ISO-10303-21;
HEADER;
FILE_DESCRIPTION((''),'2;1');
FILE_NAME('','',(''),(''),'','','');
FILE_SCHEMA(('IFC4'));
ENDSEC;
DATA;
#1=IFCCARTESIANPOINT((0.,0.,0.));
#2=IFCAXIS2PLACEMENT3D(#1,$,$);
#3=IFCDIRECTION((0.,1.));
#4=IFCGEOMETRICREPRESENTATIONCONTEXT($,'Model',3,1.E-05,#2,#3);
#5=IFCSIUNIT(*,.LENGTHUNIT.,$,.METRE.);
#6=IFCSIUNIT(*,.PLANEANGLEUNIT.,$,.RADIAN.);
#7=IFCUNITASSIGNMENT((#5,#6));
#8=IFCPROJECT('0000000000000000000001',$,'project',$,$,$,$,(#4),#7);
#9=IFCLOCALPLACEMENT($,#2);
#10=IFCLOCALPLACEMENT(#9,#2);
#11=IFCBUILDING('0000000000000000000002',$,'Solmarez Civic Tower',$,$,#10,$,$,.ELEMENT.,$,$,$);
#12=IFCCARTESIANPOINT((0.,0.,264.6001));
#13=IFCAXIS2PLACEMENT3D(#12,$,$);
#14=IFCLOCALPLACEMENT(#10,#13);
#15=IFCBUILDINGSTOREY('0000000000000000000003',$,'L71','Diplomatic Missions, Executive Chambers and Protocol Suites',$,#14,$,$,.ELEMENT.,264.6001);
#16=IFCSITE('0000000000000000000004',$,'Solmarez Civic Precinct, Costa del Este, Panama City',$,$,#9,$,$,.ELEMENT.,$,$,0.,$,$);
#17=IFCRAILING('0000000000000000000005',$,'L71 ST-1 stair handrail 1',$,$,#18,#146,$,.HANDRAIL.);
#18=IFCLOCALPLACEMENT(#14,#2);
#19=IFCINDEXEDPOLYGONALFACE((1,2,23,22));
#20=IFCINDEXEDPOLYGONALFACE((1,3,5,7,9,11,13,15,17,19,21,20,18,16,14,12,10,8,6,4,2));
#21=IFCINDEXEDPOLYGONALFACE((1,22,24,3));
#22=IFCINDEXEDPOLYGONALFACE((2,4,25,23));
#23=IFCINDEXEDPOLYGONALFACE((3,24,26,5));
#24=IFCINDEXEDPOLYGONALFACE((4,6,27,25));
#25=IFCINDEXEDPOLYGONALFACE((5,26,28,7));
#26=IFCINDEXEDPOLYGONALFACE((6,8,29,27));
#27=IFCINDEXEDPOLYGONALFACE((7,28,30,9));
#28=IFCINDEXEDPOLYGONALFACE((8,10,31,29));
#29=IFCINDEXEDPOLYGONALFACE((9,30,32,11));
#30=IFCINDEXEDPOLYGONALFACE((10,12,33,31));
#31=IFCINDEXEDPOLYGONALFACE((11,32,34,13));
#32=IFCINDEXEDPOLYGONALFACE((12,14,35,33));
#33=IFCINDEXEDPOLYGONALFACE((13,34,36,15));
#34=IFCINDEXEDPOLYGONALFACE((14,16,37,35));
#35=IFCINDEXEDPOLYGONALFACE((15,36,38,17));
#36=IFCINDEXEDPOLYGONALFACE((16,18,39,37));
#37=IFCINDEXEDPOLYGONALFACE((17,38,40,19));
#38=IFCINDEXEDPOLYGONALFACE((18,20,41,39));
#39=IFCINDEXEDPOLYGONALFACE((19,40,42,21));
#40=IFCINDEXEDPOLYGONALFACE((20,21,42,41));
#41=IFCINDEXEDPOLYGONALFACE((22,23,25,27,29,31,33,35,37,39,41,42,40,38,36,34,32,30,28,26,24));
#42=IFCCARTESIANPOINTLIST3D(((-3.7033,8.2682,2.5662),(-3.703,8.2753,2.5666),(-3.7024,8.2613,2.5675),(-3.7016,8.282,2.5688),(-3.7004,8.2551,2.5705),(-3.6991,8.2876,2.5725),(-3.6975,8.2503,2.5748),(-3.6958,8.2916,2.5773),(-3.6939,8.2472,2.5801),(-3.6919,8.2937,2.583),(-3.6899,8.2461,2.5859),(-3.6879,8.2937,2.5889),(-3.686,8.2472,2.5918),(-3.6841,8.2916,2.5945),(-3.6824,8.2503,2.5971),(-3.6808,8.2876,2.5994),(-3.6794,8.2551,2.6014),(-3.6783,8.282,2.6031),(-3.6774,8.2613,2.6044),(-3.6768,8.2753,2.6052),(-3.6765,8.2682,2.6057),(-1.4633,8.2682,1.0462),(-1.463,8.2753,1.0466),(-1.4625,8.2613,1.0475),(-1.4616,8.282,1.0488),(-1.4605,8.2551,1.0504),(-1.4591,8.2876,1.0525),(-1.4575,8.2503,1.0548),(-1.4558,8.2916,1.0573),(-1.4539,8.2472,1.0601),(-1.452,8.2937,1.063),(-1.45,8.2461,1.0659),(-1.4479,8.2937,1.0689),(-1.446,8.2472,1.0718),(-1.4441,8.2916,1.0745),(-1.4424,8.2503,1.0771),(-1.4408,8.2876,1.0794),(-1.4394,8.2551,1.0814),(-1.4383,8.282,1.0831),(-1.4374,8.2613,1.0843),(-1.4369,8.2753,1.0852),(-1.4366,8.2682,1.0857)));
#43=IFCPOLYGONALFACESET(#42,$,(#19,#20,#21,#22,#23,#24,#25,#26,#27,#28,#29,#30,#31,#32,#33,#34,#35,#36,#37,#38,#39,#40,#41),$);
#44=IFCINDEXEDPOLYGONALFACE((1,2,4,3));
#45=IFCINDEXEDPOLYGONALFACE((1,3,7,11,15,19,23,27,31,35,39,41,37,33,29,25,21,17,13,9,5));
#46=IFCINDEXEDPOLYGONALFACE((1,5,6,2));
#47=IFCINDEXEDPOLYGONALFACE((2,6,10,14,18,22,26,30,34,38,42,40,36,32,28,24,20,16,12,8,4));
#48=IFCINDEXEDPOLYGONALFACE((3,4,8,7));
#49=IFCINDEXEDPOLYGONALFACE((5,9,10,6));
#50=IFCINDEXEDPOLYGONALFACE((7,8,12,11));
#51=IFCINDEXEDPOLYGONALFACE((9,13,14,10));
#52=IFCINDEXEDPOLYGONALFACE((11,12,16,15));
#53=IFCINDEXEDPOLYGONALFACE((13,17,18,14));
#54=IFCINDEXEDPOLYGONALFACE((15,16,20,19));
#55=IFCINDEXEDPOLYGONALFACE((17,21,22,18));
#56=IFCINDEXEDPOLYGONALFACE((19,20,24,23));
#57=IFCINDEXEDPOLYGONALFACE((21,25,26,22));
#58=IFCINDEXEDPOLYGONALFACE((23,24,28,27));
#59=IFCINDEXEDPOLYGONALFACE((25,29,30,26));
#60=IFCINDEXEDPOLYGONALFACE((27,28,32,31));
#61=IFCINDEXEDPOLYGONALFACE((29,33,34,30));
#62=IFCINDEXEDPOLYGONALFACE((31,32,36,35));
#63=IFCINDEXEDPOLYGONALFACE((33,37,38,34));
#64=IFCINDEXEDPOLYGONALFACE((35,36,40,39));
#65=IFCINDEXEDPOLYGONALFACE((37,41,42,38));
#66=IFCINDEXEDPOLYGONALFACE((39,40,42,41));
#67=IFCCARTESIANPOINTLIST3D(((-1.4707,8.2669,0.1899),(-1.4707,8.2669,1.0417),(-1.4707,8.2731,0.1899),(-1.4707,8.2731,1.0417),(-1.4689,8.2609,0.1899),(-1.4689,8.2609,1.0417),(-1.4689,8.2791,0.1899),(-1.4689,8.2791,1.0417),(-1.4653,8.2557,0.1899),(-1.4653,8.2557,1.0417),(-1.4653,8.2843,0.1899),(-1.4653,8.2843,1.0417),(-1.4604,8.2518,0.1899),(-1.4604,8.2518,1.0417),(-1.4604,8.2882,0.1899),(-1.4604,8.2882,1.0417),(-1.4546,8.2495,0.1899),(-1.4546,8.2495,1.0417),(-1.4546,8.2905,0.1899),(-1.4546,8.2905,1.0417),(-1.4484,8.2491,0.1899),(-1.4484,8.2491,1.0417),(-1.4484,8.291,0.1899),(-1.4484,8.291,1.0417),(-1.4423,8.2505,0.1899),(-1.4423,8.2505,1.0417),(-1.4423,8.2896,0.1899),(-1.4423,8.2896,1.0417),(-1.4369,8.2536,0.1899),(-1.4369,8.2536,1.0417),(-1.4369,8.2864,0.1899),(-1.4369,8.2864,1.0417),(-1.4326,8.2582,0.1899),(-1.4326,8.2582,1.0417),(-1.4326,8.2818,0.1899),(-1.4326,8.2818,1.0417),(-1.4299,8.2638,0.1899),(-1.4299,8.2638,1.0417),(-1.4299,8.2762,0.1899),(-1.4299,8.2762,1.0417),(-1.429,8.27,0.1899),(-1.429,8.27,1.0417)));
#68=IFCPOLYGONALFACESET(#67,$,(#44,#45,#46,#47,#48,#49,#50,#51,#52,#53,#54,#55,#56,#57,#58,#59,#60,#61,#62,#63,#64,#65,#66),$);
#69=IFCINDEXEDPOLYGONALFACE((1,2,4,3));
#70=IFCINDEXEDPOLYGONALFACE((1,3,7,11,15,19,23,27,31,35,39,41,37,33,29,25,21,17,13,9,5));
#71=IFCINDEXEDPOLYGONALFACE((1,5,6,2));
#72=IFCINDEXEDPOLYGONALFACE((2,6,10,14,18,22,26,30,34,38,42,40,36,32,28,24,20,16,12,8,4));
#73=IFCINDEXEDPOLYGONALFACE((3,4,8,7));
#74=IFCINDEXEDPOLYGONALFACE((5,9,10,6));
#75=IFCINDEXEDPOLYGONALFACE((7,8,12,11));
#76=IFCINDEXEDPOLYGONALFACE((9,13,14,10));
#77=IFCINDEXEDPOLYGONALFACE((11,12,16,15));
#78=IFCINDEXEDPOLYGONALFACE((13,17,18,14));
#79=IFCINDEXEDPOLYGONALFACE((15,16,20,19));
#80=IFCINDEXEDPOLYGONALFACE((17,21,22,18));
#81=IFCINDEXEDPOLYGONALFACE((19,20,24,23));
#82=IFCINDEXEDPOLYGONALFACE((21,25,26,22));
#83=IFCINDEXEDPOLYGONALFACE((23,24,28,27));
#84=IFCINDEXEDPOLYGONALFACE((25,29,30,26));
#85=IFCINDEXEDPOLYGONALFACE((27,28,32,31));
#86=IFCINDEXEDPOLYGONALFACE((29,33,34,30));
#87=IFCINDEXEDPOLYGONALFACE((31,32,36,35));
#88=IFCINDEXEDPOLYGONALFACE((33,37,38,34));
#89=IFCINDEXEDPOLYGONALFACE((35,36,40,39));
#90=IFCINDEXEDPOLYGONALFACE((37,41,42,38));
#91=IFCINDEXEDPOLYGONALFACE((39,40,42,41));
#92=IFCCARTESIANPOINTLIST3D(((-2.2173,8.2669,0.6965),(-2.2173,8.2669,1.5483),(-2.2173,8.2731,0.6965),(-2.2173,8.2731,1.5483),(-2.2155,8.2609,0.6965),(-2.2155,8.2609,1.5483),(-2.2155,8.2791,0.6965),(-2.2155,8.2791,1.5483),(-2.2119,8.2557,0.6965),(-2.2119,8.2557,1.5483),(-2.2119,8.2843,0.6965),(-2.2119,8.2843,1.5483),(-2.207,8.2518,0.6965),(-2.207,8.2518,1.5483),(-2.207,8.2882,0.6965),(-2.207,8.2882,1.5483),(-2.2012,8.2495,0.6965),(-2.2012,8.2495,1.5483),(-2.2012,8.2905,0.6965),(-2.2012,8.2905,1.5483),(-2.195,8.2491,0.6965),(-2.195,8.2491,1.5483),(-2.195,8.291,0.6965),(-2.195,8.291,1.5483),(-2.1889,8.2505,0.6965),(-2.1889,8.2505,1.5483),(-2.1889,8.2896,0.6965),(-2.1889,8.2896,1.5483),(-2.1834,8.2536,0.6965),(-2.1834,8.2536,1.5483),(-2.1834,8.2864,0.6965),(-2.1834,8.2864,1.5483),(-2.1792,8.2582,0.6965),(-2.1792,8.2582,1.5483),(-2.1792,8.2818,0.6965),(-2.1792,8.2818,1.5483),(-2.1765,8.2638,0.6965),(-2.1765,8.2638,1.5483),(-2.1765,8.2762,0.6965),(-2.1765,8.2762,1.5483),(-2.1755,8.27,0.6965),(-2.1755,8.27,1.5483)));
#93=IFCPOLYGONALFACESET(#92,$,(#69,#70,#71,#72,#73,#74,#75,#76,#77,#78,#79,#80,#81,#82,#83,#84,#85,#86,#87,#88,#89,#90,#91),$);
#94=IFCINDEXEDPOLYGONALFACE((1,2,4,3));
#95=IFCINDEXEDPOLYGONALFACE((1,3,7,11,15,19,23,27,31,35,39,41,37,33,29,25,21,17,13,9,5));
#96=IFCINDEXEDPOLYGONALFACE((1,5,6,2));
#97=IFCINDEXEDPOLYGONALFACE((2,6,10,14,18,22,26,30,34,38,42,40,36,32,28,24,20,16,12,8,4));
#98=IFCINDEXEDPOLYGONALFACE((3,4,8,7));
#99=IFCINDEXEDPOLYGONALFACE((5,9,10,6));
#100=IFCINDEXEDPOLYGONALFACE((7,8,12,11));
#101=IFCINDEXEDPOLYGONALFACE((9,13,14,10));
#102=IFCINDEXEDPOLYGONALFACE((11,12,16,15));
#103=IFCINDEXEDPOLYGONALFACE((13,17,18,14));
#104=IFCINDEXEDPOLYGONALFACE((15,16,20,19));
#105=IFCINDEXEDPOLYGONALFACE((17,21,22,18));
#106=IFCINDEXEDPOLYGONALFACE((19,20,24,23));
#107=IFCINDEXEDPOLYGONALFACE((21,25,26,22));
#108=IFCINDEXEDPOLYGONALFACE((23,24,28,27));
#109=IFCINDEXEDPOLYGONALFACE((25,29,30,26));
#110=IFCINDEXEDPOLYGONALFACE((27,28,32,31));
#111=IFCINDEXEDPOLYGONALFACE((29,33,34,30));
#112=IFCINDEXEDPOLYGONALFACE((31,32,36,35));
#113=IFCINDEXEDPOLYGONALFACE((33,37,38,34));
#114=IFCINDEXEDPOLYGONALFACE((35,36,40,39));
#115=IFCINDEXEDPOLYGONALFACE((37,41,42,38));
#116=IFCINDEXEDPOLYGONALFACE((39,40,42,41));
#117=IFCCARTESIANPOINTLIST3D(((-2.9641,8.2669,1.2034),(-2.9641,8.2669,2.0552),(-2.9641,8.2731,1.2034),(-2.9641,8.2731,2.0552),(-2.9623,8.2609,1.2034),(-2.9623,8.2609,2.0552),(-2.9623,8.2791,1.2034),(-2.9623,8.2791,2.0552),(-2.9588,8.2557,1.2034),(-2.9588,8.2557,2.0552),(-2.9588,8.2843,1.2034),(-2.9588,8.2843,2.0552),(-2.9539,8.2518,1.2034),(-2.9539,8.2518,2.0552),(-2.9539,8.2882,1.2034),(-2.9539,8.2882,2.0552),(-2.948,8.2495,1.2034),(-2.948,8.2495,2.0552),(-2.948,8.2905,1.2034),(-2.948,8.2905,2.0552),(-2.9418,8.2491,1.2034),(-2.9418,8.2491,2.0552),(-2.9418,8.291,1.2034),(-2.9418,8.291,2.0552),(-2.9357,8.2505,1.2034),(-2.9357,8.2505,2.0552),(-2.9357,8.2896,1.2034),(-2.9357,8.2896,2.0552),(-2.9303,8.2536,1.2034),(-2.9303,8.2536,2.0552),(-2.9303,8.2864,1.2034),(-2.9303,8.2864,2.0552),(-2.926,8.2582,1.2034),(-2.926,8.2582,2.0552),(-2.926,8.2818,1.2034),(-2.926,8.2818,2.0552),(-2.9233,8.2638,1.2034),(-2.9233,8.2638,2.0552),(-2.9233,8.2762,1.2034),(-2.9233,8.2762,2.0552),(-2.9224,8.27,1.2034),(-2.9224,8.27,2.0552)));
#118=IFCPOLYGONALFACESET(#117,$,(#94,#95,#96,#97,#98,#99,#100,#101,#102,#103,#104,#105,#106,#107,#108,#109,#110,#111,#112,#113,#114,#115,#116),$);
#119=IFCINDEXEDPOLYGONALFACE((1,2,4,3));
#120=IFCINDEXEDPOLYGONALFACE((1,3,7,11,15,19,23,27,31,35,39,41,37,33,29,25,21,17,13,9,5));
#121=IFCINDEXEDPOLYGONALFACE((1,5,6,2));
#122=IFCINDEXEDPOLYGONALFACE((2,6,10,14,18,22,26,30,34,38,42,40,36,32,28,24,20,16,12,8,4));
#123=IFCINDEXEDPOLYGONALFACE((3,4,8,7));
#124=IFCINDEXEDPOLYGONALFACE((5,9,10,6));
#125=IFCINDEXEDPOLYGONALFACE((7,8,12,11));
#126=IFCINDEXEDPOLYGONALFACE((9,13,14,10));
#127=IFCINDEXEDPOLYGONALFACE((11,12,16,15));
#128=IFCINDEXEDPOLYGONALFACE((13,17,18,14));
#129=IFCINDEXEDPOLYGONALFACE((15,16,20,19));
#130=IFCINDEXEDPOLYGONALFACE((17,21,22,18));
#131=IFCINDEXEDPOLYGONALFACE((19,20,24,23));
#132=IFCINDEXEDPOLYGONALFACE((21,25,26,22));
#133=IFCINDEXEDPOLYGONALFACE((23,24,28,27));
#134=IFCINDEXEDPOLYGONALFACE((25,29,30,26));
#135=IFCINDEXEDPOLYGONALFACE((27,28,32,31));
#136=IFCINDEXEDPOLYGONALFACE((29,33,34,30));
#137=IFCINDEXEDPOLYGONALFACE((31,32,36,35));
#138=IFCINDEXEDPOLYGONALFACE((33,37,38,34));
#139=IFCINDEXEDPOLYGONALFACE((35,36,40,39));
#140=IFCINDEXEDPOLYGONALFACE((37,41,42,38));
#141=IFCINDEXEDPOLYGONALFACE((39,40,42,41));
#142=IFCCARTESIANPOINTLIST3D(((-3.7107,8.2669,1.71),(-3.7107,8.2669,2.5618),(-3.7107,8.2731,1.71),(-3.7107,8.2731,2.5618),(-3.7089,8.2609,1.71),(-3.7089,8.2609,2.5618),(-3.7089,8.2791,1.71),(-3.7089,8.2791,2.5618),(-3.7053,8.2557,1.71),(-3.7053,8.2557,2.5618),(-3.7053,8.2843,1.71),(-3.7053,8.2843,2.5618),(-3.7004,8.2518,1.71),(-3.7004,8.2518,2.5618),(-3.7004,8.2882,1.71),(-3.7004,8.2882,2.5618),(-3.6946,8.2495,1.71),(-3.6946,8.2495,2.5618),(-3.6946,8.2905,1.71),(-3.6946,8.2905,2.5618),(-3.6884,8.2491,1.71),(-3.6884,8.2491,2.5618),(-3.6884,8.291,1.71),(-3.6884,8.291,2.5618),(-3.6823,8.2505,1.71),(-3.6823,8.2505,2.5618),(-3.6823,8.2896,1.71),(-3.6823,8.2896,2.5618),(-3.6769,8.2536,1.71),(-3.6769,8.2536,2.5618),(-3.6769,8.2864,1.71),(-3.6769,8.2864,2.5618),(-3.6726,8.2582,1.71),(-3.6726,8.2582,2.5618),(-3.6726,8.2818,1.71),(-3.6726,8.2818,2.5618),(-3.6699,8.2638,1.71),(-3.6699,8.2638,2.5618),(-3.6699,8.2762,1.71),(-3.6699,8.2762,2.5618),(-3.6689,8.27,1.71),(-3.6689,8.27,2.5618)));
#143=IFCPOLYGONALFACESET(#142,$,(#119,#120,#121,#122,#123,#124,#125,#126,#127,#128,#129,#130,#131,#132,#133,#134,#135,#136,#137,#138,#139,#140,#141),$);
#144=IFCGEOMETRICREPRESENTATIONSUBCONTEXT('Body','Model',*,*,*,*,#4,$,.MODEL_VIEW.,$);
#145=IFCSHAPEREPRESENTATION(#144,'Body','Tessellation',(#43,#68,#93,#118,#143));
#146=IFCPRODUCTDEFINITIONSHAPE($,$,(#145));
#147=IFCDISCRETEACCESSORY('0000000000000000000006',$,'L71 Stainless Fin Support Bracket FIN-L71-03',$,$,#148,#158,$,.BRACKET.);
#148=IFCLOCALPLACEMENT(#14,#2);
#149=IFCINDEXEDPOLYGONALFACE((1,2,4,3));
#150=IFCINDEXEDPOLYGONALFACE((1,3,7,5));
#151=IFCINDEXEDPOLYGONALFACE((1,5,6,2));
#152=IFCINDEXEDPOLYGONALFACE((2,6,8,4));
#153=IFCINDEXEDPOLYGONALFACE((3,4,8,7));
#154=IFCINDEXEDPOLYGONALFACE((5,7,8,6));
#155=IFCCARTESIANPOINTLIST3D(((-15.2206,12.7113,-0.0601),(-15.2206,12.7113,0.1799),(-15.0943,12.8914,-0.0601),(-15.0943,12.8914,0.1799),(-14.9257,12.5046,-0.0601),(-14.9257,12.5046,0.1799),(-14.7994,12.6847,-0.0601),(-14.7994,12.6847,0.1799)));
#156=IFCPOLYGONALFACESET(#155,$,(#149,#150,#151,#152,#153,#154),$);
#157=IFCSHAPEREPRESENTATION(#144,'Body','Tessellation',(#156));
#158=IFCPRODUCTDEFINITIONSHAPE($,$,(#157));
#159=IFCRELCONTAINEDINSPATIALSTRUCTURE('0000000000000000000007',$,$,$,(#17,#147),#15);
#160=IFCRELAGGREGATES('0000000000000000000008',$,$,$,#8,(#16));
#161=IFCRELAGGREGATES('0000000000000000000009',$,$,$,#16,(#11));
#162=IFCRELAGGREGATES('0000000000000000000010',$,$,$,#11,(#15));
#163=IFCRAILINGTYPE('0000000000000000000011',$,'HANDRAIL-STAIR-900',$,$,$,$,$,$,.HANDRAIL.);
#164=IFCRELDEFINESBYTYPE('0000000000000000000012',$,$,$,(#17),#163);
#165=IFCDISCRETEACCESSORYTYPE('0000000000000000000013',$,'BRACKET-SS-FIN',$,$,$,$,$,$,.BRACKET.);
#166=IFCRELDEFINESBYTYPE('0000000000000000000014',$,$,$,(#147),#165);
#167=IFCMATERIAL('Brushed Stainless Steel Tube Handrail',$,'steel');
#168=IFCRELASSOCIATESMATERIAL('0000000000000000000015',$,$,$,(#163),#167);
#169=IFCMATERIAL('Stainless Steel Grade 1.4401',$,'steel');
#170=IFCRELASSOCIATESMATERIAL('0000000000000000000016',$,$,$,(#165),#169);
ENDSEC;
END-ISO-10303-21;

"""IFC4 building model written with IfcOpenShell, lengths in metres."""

from ifc_helpers import new_model, si_unit, direction, frame, origin, origin_2d, place, context, subcontext, project, spatial, rectangle, circle, extrude, material, type_object, element, save


model = new_model("IFC4")

# Units and contexts
model_context = context("Model", 3, precision=1e-05, world=origin(), true_north=direction((0.0, 1.0)))
body_context = subcontext(model_context, "Body", "Model", "MODEL_VIEW")
ifc_project = project(units=[si_unit("LENGTHUNIT", "METRE"), si_unit("PLANEANGLEUNIT", "RADIAN")], contexts=[model_context])

# Site, building, storey
site_placement = place(None, origin())
site = spatial("IfcSite", under=ifc_project, at=site_placement, Name="Solmarez Civic Precinct, Costa del Este, Panama City", CompositionType="ELEMENT", RefElevation=0.0)
building_placement = place(site_placement, origin())
building = spatial("IfcBuilding", under=site, at=building_placement, Name="Solmarez Civic Tower", CompositionType="ELEMENT")
storey_placement = place(building_placement, frame((0.0, 0.0, 264.6001)))
storey = spatial("IfcBuildingStorey", under=building, at=storey_placement, Name="L71", Description="Diplomatic Missions, Executive Chambers and Protocol Suites", CompositionType="ELEMENT", Elevation=264.6001)

# Railing
ifc_material_1 = material(Name="Brushed Stainless Steel Tube Handrail", Category="steel")
railing_type = type_object("IfcRailingType", Name="HANDRAIL-STAIR-900", PredefinedType="HANDRAIL", material=ifc_material_1)
railing_placement = place(storey_placement, frame((-1.45, 8.27, 0.1899)))
element("IfcRailing", 1, at=railing_placement, inside=storey, type_object=railing_type, Name="L71 ST-1 stair handrail 1", PredefinedType="HANDRAIL", context=body_context, shape_type="SweptSolid", body=[
    extrude(circle(Radius=0.0239, at=origin_2d()), frame((0.0, 0.0, 0.876), z_axis=(-0.827471, 0.0, 0.561508), x_axis=(0.0, -1.0, 0.0)), (0.0, 0.0, 1.0), 2.707),
    extrude(circle(Radius=0.021, at=origin_2d()), origin(), (0.0, 0.0, 1.0), 0.8518),
    extrude(circle(Radius=0.021, at=origin_2d()), frame((-0.7466, 0.0, 0.5066)), (0.0, 0.0, 1.0), 0.8518),
    extrude(circle(Radius=0.021, at=origin_2d()), frame((-1.4934, 0.0, 1.0134)), (0.0, 0.0, 1.0), 0.8518),
    extrude(circle(Radius=0.021, at=origin_2d()), frame((-2.24, 0.0, 1.52)), (0.0, 0.0, 1.0), 0.8518),
])

# Discrete accessory
ifc_material_2 = material(Name="Stainless Steel Grade 1.4401", Category="steel")
discrete_accessory_type = type_object("IfcDiscreteAccessoryType", Name="BRACKET-SS-FIN", PredefinedType="BRACKET", material=ifc_material_2)
discrete_accessory_placement = place(storey_placement, frame((-15.01, 12.698, -0.0601), z_axis=(0.0, 0.0, 1.0), x_axis=(-0.818746, 0.574155, 0.0)))
element("IfcDiscreteAccessory", 2, at=discrete_accessory_placement, inside=storey, type_object=discrete_accessory_type, Name="L71 Stainless Fin Support Bracket FIN-L71-03", PredefinedType="BRACKET", context=body_context, shape_type="SweptSolid", body=[
    extrude(rectangle(XDim=0.3601, YDim=0.22, at=origin_2d()), origin(), (0.0, 0.0, 1.0), 0.24),
])

save(model, "model.ifc")
